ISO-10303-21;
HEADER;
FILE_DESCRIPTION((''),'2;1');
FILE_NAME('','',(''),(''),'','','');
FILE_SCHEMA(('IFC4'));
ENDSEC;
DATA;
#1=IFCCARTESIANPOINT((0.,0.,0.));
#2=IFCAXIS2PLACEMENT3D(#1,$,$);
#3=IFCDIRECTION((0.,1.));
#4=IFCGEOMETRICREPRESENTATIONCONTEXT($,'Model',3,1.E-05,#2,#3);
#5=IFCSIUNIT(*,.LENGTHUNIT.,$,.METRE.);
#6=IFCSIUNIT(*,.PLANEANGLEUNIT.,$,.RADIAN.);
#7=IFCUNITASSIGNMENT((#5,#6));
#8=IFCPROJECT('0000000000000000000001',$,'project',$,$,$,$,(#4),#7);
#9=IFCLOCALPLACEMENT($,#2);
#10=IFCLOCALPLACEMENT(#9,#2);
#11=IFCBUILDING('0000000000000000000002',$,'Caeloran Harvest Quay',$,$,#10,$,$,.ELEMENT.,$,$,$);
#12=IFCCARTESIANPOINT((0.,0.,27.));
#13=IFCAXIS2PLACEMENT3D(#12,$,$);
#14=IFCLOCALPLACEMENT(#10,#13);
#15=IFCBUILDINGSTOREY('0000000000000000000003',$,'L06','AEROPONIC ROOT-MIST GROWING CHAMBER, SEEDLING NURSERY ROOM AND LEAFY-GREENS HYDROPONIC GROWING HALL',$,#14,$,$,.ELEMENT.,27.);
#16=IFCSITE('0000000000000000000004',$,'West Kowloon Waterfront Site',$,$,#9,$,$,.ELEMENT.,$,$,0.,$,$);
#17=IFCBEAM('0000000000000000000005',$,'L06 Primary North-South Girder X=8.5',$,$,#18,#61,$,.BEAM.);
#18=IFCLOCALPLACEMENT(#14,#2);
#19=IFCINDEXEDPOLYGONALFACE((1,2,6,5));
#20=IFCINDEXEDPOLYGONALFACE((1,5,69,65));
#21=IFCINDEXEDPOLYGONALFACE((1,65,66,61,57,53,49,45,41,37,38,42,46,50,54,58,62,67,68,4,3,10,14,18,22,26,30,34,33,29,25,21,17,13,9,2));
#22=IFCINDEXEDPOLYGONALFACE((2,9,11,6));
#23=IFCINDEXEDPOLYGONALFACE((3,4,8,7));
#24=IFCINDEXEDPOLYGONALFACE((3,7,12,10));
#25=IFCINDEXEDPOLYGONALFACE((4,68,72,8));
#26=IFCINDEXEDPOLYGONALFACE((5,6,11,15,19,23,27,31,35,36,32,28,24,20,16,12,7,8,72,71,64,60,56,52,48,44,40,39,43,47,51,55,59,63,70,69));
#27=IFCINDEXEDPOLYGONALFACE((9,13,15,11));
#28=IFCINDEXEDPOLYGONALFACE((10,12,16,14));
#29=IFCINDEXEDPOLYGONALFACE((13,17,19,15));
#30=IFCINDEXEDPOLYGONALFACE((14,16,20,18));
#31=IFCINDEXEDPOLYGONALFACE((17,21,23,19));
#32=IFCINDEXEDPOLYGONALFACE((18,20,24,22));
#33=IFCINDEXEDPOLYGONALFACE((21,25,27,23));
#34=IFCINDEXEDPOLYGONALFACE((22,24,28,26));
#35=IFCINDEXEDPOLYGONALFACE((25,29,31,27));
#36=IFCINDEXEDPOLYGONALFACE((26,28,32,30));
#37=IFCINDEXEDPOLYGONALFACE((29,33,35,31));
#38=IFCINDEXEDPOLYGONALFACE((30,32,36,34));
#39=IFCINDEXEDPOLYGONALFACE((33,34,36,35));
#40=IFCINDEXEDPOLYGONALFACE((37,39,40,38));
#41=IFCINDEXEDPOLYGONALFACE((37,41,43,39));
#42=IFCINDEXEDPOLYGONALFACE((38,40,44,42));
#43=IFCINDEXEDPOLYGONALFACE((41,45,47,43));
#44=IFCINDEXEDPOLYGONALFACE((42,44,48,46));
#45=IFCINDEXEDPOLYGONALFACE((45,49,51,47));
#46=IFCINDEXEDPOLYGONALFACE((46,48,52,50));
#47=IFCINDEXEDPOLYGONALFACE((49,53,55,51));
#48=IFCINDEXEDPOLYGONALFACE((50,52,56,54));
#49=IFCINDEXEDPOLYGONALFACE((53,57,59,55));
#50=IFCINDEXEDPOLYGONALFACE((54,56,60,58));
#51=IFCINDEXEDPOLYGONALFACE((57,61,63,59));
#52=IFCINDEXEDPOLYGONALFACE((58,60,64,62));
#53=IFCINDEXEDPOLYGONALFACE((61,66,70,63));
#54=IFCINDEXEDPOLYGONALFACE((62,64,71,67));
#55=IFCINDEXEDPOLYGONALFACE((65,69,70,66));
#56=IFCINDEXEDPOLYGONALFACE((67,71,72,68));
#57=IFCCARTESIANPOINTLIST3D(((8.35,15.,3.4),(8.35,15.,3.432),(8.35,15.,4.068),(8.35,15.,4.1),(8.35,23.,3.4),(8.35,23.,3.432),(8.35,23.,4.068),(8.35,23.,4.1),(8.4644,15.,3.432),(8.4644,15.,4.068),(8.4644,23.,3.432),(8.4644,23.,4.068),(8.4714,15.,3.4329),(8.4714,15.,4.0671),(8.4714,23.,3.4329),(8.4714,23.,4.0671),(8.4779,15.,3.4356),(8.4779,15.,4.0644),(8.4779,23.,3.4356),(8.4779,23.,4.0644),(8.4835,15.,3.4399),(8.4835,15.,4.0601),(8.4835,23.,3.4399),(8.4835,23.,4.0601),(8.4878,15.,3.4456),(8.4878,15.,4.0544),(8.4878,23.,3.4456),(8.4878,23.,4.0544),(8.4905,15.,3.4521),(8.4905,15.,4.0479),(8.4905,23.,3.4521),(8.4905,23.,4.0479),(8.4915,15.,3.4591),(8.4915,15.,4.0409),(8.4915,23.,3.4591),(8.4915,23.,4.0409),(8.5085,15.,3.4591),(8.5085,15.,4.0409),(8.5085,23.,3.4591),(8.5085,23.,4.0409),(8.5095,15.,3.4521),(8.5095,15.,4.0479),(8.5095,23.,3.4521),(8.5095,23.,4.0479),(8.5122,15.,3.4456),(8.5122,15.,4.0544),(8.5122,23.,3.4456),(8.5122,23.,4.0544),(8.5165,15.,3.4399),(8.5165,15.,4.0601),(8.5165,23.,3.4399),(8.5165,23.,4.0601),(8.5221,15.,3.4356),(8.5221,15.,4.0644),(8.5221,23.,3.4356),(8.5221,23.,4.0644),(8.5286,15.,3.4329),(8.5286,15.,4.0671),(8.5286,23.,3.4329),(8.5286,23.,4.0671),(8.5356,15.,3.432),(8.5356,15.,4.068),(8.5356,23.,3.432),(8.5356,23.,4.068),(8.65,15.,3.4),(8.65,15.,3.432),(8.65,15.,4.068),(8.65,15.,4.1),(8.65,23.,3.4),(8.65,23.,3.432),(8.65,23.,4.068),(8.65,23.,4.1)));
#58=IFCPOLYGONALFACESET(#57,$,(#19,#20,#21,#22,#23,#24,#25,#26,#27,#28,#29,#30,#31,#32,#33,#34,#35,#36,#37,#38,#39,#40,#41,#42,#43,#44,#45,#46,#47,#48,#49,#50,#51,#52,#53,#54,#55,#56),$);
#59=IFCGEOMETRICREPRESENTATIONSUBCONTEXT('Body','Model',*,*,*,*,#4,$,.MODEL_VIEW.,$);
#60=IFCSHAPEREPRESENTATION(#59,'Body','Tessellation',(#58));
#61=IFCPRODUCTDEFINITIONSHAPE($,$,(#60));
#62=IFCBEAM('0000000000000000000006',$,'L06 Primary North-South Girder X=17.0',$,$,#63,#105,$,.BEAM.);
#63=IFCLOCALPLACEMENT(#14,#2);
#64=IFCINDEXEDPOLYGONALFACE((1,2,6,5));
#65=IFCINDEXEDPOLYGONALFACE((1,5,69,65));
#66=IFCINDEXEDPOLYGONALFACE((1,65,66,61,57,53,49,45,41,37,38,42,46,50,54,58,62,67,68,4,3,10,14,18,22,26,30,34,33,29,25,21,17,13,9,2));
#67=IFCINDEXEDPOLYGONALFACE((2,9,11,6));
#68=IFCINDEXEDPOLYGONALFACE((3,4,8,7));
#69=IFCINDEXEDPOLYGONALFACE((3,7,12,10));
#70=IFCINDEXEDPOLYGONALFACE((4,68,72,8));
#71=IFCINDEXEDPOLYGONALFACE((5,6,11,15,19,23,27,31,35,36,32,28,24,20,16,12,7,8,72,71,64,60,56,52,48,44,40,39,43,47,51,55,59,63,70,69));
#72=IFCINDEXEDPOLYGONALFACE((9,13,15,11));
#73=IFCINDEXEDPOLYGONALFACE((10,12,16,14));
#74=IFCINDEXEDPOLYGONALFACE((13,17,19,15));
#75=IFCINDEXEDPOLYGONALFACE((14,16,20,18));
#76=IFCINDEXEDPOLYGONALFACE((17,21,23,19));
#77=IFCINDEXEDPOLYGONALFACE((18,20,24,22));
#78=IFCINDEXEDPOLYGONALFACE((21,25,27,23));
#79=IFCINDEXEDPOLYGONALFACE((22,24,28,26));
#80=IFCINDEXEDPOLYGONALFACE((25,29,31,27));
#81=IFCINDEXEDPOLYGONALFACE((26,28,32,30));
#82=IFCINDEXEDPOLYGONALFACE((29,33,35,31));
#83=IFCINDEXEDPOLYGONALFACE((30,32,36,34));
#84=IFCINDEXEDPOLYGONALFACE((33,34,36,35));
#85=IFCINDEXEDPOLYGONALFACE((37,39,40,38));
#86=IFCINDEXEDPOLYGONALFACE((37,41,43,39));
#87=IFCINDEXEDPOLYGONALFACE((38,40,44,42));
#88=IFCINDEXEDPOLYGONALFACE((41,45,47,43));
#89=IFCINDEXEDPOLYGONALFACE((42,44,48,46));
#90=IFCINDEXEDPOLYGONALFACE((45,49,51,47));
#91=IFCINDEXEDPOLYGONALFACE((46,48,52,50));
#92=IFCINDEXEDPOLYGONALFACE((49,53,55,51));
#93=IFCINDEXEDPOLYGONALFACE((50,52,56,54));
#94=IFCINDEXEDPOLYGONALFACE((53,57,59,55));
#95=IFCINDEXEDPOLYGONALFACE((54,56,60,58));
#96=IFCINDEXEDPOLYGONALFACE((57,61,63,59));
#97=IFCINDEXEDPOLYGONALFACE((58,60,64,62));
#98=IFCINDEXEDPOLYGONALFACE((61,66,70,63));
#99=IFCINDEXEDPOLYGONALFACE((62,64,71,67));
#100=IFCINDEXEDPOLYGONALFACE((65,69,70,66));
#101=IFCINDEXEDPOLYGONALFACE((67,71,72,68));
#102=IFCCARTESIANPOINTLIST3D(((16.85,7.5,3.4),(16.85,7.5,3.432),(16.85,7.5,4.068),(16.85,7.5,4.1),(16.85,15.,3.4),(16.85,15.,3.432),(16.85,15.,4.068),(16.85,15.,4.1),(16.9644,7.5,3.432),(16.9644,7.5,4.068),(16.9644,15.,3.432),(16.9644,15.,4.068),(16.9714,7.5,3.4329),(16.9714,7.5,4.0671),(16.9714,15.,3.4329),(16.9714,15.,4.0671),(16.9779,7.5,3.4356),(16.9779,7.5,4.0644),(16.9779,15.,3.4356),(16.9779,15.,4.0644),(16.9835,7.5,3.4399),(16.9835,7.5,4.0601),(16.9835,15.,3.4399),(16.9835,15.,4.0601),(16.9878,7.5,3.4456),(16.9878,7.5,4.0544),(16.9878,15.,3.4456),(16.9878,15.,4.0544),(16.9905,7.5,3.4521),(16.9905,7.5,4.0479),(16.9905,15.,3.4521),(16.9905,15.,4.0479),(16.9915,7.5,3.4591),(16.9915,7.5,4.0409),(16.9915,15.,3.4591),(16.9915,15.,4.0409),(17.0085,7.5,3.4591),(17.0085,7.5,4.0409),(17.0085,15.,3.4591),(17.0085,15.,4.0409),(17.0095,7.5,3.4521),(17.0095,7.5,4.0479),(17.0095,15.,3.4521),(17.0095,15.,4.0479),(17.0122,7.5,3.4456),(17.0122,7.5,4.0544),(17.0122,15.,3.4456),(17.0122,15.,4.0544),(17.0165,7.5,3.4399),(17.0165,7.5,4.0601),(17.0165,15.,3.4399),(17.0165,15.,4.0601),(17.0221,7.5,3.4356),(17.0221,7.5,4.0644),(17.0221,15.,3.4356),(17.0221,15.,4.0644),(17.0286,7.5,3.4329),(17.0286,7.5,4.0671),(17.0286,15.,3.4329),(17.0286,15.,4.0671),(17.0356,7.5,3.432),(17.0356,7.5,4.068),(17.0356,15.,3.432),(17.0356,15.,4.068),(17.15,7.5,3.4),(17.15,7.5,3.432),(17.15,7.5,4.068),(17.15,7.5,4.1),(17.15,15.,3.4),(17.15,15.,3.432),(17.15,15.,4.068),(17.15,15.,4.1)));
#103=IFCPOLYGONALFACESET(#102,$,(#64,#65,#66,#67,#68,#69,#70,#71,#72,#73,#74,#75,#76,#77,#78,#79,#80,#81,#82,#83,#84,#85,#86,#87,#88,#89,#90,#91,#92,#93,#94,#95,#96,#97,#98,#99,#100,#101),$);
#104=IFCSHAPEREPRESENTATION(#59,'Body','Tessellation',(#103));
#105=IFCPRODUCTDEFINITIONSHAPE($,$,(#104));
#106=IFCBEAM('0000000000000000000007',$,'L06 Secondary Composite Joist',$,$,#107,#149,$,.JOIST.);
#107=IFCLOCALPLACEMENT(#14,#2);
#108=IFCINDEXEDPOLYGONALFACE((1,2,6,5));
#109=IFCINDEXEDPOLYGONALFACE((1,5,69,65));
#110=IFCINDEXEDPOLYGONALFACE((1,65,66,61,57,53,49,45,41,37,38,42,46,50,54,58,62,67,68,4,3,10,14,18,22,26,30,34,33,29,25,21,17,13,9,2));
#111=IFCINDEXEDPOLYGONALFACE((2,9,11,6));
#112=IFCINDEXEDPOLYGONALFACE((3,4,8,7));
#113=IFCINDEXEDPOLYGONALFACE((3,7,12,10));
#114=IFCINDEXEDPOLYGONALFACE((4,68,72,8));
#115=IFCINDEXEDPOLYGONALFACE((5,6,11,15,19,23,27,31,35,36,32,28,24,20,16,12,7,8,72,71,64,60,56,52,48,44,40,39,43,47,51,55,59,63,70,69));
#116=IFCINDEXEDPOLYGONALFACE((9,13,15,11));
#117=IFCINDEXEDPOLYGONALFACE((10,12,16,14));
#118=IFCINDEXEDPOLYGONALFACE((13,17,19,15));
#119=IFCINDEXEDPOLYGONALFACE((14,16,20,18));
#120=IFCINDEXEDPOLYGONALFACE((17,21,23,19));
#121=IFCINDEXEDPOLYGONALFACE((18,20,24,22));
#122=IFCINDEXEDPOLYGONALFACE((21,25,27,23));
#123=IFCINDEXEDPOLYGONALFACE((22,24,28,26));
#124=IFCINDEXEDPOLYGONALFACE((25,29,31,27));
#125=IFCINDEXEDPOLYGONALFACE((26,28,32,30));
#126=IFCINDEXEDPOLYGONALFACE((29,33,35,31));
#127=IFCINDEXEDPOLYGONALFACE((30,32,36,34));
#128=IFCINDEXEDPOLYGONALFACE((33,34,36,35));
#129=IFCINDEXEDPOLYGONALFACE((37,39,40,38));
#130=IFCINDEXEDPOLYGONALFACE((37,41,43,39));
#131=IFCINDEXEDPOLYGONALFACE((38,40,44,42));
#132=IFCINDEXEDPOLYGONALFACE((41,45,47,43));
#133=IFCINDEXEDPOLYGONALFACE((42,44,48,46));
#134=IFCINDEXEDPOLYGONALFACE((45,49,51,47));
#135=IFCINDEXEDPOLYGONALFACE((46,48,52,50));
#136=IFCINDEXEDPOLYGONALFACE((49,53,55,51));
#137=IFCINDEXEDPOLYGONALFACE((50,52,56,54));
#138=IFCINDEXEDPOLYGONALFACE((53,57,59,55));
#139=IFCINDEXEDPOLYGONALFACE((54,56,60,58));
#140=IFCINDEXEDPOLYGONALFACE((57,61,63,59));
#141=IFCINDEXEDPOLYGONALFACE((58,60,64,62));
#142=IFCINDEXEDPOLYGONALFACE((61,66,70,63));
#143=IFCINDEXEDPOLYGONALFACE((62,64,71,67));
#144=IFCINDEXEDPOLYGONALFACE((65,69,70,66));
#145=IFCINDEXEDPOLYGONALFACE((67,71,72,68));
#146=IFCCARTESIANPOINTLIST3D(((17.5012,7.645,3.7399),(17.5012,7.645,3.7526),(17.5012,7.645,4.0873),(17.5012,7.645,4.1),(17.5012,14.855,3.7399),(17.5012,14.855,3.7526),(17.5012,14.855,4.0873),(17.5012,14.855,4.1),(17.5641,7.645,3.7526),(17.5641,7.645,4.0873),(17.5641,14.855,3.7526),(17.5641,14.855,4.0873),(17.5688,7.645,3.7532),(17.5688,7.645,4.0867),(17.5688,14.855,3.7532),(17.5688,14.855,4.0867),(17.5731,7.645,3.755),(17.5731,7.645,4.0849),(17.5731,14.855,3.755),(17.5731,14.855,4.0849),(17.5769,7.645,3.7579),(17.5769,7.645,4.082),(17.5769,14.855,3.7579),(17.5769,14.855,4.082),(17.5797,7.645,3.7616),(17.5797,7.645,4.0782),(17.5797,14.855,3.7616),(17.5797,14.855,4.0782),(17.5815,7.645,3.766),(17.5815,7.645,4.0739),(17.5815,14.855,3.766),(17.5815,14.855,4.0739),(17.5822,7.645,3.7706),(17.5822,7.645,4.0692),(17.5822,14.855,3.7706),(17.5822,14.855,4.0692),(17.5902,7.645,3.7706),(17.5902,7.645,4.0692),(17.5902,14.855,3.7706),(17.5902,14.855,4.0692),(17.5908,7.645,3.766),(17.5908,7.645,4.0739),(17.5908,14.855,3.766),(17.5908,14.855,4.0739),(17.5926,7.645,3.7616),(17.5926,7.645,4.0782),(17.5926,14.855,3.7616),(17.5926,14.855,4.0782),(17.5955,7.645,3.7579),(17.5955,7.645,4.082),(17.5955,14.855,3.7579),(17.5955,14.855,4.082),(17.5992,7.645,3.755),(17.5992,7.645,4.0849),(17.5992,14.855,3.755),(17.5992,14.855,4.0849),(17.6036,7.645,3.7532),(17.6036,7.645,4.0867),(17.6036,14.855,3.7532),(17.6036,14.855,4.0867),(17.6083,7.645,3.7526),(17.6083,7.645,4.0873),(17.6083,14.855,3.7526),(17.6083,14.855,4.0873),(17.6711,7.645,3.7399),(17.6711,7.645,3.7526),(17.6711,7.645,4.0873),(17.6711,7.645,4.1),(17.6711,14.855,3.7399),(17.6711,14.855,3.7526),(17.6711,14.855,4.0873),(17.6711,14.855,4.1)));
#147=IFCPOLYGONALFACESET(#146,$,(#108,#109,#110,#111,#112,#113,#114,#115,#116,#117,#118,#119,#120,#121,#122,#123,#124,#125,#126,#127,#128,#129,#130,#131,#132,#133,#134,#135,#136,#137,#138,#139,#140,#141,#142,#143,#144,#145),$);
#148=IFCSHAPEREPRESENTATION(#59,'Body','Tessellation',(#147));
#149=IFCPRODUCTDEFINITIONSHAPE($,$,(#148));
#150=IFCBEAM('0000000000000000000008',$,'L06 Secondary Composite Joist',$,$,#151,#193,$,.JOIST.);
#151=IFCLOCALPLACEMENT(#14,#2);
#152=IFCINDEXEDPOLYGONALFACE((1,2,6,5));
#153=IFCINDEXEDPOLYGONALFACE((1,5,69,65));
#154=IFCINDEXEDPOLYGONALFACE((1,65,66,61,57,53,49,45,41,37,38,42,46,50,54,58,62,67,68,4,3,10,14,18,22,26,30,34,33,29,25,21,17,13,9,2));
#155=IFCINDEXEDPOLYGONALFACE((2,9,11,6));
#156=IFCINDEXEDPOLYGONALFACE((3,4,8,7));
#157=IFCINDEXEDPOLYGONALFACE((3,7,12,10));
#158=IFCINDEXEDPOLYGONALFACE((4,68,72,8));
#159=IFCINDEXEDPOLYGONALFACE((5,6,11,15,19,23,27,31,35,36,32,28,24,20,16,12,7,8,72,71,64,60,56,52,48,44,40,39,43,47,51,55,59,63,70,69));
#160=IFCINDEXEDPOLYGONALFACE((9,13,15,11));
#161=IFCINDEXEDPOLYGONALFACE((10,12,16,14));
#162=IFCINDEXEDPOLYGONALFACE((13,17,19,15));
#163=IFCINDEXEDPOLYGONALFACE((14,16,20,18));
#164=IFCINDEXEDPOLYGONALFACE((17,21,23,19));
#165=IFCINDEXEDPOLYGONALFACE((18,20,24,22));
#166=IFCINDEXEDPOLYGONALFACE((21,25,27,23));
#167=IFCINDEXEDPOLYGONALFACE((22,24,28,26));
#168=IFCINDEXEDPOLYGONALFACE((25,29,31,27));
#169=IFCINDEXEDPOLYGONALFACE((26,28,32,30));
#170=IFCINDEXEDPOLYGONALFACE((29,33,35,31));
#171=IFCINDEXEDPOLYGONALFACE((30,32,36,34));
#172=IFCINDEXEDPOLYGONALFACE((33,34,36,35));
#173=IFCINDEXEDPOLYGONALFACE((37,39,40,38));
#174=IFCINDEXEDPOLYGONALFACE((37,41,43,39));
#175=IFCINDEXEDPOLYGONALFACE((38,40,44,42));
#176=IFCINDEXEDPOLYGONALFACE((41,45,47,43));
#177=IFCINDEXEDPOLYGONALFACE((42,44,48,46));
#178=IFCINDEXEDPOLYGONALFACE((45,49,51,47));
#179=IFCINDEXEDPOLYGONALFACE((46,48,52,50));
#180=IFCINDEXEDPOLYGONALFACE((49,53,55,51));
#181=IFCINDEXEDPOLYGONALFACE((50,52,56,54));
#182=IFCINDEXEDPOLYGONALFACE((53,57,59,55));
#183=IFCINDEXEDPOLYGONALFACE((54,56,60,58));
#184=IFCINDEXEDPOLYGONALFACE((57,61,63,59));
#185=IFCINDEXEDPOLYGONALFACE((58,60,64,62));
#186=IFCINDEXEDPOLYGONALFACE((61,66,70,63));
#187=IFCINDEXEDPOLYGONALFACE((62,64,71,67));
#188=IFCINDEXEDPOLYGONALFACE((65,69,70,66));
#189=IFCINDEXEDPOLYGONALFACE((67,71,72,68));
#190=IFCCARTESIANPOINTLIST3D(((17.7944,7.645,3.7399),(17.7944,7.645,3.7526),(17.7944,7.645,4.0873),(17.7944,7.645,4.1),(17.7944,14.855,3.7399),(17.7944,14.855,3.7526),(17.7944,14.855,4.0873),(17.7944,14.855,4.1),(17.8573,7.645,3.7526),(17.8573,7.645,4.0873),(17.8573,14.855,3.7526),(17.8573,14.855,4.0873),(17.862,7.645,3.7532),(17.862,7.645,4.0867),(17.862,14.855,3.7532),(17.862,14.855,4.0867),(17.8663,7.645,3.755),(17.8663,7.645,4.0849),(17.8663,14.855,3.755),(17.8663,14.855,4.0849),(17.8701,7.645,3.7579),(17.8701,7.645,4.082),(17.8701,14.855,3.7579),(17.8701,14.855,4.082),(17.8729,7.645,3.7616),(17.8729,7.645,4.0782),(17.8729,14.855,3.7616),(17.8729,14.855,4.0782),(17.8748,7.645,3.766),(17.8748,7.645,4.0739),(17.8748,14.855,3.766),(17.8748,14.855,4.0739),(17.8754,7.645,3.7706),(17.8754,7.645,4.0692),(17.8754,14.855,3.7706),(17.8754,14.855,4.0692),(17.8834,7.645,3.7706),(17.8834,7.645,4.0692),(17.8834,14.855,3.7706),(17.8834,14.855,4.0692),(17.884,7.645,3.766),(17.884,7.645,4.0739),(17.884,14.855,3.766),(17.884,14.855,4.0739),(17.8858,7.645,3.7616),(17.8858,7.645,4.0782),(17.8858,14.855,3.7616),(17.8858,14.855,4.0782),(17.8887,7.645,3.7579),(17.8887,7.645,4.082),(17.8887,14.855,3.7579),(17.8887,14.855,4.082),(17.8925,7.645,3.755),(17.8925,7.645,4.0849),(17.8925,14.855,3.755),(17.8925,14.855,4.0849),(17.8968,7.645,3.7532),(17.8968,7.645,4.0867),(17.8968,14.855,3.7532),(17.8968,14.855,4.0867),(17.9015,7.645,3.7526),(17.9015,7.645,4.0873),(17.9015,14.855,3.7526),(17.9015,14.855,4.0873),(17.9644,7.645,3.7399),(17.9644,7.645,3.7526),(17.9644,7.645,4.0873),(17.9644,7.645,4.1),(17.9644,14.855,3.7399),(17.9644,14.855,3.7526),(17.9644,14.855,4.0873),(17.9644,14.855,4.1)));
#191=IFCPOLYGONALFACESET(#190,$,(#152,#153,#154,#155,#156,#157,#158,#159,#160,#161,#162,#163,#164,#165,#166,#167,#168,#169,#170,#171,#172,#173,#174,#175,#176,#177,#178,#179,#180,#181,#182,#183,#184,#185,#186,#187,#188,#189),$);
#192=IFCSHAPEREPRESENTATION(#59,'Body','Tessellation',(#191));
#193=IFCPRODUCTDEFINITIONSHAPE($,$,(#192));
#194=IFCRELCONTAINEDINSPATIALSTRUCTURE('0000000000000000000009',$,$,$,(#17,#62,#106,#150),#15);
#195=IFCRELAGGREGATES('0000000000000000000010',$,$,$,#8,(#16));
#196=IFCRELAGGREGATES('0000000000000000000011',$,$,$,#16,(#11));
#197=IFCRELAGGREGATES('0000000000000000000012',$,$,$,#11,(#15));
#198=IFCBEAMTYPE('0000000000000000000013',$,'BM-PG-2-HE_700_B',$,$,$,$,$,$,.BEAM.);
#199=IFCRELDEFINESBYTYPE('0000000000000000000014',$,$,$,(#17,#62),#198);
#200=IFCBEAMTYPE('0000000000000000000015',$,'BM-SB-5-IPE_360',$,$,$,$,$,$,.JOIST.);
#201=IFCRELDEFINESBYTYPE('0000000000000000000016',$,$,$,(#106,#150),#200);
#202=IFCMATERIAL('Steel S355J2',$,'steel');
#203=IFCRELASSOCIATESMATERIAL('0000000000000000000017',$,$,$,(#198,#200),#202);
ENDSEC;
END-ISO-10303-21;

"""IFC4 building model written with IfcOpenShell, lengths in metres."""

from ifc_helpers import new_model, si_unit, direction, frame, origin, origin_2d, place, context, subcontext, project, spatial, i_section, extrude, material, material_profile, profile_set, type_object, element, save


model = new_model("IFC4")

# Units and contexts
model_context = context("Model", 3, precision=1e-05, world=origin(), true_north=direction((0.0, 1.0)))
body_context = subcontext(model_context, "Body", "Model", "MODEL_VIEW")
ifc_project = project(units=[si_unit("LENGTHUNIT", "METRE"), si_unit("PLANEANGLEUNIT", "RADIAN")], contexts=[model_context])

# Site, building, storey
site_placement = place(None, origin())
site = spatial("IfcSite", under=ifc_project, at=site_placement, Name="West Kowloon Waterfront Site", CompositionType="ELEMENT", RefElevation=0.0)
building_placement = place(site_placement, origin())
building = spatial("IfcBuilding", under=site, at=building_placement, Name="Caeloran Harvest Quay", CompositionType="ELEMENT")
storey_placement = place(building_placement, frame((0.0, 0.0, 27.0)))
storey = spatial("IfcBuildingStorey", under=building, at=storey_placement, Name="L06", Description="AEROPONIC ROOT-MIST GROWING CHAMBER, SEEDLING NURSERY ROOM AND LEAFY-GREENS HYDROPONIC GROWING HALL", CompositionType="ELEMENT", Elevation=27.0)

# Beams
ifc_material_1 = material(Name="Steel S355J2", Category="steel")
ifc_material_profile_1 = material_profile(ifc_material_1, i_section(OverallWidth=0.3, OverallDepth=0.7, WebThickness=0.0171, FlangeThickness=0.032, FilletRadius=0.0271, at=origin_2d()), Name="HE 700 B")
ifc_profile_set_1 = profile_set([ifc_material_profile_1], Name="Steel S355J2")
beam_type_1 = type_object("IfcBeamType", Name="BM-PG-2-HE_700_B", PredefinedType="BEAM", material=ifc_profile_set_1)
beam_1_placement = place(storey_placement, frame((8.5, 15.0, 3.75), z_axis=(0.0, 1.0, 0.0), x_axis=(-1.0, 0.0, 0.0)))
element("IfcBeam", 1, at=beam_1_placement, inside=storey, type_object=beam_type_1, Name="L06 Primary North-South Girder X=8.5", PredefinedType="BEAM", context=body_context, shape_type="SweptSolid", body=[
    extrude(i_section(OverallWidth=0.3, OverallDepth=0.7, WebThickness=0.0171, FlangeThickness=0.032, FilletRadius=0.0271, at=origin_2d()), origin(), (0.0, 0.0, 1.0), 8.0),
])
beam_2_placement = place(storey_placement, frame((17.0, 7.5, 3.75), z_axis=(0.0, 1.0, 0.0), x_axis=(-1.0, 0.0, 0.0)))
element("IfcBeam", 2, at=beam_2_placement, inside=storey, type_object=beam_type_1, Name="L06 Primary North-South Girder X=17.0", PredefinedType="BEAM", context=body_context, shape_type="SweptSolid", body=[
    extrude(i_section(OverallWidth=0.3, OverallDepth=0.7, WebThickness=0.0171, FlangeThickness=0.032, FilletRadius=0.0271, at=origin_2d()), origin(), (0.0, 0.0, 1.0), 7.5),
])
ifc_material_profile_2 = material_profile(ifc_material_1, i_section(OverallWidth=0.1699, OverallDepth=0.3601, WebThickness=0.0081, FlangeThickness=0.0127, FilletRadius=0.0181, at=origin_2d()), Name="IPE 360")
ifc_profile_set_2 = profile_set([ifc_material_profile_2], Name="Steel S355J2")
beam_type_2 = type_object("IfcBeamType", Name="BM-SB-5-IPE_360", PredefinedType="JOIST", material=ifc_profile_set_2)
for number, where, z_axis, x_axis, name in (
    (3, (17.5862, 7.645, 3.9199), (0.0, 1.0, 0.0), (-1.0, 0.0, 0.0), "L06 Secondary Composite Joist"),
    (4, (17.8794, 7.645, 3.9199), (0.0, 1.0, 0.0), (-1.0, 0.0, 0.0), "L06 Secondary Composite Joist"),
):
    element("IfcBeam", number, at=place(storey_placement, frame(where, z_axis=z_axis, x_axis=x_axis)), inside=storey, type_object=beam_type_2, Name=name, PredefinedType="JOIST", context=body_context, shape_type="SweptSolid", body=[
        extrude(i_section(OverallWidth=0.1699, OverallDepth=0.3601, WebThickness=0.0081, FlangeThickness=0.0127, FilletRadius=0.0181, at=origin_2d()), origin(), (0.0, 0.0, 1.0), 7.21),
    ])

save(model, "model.ifc")
